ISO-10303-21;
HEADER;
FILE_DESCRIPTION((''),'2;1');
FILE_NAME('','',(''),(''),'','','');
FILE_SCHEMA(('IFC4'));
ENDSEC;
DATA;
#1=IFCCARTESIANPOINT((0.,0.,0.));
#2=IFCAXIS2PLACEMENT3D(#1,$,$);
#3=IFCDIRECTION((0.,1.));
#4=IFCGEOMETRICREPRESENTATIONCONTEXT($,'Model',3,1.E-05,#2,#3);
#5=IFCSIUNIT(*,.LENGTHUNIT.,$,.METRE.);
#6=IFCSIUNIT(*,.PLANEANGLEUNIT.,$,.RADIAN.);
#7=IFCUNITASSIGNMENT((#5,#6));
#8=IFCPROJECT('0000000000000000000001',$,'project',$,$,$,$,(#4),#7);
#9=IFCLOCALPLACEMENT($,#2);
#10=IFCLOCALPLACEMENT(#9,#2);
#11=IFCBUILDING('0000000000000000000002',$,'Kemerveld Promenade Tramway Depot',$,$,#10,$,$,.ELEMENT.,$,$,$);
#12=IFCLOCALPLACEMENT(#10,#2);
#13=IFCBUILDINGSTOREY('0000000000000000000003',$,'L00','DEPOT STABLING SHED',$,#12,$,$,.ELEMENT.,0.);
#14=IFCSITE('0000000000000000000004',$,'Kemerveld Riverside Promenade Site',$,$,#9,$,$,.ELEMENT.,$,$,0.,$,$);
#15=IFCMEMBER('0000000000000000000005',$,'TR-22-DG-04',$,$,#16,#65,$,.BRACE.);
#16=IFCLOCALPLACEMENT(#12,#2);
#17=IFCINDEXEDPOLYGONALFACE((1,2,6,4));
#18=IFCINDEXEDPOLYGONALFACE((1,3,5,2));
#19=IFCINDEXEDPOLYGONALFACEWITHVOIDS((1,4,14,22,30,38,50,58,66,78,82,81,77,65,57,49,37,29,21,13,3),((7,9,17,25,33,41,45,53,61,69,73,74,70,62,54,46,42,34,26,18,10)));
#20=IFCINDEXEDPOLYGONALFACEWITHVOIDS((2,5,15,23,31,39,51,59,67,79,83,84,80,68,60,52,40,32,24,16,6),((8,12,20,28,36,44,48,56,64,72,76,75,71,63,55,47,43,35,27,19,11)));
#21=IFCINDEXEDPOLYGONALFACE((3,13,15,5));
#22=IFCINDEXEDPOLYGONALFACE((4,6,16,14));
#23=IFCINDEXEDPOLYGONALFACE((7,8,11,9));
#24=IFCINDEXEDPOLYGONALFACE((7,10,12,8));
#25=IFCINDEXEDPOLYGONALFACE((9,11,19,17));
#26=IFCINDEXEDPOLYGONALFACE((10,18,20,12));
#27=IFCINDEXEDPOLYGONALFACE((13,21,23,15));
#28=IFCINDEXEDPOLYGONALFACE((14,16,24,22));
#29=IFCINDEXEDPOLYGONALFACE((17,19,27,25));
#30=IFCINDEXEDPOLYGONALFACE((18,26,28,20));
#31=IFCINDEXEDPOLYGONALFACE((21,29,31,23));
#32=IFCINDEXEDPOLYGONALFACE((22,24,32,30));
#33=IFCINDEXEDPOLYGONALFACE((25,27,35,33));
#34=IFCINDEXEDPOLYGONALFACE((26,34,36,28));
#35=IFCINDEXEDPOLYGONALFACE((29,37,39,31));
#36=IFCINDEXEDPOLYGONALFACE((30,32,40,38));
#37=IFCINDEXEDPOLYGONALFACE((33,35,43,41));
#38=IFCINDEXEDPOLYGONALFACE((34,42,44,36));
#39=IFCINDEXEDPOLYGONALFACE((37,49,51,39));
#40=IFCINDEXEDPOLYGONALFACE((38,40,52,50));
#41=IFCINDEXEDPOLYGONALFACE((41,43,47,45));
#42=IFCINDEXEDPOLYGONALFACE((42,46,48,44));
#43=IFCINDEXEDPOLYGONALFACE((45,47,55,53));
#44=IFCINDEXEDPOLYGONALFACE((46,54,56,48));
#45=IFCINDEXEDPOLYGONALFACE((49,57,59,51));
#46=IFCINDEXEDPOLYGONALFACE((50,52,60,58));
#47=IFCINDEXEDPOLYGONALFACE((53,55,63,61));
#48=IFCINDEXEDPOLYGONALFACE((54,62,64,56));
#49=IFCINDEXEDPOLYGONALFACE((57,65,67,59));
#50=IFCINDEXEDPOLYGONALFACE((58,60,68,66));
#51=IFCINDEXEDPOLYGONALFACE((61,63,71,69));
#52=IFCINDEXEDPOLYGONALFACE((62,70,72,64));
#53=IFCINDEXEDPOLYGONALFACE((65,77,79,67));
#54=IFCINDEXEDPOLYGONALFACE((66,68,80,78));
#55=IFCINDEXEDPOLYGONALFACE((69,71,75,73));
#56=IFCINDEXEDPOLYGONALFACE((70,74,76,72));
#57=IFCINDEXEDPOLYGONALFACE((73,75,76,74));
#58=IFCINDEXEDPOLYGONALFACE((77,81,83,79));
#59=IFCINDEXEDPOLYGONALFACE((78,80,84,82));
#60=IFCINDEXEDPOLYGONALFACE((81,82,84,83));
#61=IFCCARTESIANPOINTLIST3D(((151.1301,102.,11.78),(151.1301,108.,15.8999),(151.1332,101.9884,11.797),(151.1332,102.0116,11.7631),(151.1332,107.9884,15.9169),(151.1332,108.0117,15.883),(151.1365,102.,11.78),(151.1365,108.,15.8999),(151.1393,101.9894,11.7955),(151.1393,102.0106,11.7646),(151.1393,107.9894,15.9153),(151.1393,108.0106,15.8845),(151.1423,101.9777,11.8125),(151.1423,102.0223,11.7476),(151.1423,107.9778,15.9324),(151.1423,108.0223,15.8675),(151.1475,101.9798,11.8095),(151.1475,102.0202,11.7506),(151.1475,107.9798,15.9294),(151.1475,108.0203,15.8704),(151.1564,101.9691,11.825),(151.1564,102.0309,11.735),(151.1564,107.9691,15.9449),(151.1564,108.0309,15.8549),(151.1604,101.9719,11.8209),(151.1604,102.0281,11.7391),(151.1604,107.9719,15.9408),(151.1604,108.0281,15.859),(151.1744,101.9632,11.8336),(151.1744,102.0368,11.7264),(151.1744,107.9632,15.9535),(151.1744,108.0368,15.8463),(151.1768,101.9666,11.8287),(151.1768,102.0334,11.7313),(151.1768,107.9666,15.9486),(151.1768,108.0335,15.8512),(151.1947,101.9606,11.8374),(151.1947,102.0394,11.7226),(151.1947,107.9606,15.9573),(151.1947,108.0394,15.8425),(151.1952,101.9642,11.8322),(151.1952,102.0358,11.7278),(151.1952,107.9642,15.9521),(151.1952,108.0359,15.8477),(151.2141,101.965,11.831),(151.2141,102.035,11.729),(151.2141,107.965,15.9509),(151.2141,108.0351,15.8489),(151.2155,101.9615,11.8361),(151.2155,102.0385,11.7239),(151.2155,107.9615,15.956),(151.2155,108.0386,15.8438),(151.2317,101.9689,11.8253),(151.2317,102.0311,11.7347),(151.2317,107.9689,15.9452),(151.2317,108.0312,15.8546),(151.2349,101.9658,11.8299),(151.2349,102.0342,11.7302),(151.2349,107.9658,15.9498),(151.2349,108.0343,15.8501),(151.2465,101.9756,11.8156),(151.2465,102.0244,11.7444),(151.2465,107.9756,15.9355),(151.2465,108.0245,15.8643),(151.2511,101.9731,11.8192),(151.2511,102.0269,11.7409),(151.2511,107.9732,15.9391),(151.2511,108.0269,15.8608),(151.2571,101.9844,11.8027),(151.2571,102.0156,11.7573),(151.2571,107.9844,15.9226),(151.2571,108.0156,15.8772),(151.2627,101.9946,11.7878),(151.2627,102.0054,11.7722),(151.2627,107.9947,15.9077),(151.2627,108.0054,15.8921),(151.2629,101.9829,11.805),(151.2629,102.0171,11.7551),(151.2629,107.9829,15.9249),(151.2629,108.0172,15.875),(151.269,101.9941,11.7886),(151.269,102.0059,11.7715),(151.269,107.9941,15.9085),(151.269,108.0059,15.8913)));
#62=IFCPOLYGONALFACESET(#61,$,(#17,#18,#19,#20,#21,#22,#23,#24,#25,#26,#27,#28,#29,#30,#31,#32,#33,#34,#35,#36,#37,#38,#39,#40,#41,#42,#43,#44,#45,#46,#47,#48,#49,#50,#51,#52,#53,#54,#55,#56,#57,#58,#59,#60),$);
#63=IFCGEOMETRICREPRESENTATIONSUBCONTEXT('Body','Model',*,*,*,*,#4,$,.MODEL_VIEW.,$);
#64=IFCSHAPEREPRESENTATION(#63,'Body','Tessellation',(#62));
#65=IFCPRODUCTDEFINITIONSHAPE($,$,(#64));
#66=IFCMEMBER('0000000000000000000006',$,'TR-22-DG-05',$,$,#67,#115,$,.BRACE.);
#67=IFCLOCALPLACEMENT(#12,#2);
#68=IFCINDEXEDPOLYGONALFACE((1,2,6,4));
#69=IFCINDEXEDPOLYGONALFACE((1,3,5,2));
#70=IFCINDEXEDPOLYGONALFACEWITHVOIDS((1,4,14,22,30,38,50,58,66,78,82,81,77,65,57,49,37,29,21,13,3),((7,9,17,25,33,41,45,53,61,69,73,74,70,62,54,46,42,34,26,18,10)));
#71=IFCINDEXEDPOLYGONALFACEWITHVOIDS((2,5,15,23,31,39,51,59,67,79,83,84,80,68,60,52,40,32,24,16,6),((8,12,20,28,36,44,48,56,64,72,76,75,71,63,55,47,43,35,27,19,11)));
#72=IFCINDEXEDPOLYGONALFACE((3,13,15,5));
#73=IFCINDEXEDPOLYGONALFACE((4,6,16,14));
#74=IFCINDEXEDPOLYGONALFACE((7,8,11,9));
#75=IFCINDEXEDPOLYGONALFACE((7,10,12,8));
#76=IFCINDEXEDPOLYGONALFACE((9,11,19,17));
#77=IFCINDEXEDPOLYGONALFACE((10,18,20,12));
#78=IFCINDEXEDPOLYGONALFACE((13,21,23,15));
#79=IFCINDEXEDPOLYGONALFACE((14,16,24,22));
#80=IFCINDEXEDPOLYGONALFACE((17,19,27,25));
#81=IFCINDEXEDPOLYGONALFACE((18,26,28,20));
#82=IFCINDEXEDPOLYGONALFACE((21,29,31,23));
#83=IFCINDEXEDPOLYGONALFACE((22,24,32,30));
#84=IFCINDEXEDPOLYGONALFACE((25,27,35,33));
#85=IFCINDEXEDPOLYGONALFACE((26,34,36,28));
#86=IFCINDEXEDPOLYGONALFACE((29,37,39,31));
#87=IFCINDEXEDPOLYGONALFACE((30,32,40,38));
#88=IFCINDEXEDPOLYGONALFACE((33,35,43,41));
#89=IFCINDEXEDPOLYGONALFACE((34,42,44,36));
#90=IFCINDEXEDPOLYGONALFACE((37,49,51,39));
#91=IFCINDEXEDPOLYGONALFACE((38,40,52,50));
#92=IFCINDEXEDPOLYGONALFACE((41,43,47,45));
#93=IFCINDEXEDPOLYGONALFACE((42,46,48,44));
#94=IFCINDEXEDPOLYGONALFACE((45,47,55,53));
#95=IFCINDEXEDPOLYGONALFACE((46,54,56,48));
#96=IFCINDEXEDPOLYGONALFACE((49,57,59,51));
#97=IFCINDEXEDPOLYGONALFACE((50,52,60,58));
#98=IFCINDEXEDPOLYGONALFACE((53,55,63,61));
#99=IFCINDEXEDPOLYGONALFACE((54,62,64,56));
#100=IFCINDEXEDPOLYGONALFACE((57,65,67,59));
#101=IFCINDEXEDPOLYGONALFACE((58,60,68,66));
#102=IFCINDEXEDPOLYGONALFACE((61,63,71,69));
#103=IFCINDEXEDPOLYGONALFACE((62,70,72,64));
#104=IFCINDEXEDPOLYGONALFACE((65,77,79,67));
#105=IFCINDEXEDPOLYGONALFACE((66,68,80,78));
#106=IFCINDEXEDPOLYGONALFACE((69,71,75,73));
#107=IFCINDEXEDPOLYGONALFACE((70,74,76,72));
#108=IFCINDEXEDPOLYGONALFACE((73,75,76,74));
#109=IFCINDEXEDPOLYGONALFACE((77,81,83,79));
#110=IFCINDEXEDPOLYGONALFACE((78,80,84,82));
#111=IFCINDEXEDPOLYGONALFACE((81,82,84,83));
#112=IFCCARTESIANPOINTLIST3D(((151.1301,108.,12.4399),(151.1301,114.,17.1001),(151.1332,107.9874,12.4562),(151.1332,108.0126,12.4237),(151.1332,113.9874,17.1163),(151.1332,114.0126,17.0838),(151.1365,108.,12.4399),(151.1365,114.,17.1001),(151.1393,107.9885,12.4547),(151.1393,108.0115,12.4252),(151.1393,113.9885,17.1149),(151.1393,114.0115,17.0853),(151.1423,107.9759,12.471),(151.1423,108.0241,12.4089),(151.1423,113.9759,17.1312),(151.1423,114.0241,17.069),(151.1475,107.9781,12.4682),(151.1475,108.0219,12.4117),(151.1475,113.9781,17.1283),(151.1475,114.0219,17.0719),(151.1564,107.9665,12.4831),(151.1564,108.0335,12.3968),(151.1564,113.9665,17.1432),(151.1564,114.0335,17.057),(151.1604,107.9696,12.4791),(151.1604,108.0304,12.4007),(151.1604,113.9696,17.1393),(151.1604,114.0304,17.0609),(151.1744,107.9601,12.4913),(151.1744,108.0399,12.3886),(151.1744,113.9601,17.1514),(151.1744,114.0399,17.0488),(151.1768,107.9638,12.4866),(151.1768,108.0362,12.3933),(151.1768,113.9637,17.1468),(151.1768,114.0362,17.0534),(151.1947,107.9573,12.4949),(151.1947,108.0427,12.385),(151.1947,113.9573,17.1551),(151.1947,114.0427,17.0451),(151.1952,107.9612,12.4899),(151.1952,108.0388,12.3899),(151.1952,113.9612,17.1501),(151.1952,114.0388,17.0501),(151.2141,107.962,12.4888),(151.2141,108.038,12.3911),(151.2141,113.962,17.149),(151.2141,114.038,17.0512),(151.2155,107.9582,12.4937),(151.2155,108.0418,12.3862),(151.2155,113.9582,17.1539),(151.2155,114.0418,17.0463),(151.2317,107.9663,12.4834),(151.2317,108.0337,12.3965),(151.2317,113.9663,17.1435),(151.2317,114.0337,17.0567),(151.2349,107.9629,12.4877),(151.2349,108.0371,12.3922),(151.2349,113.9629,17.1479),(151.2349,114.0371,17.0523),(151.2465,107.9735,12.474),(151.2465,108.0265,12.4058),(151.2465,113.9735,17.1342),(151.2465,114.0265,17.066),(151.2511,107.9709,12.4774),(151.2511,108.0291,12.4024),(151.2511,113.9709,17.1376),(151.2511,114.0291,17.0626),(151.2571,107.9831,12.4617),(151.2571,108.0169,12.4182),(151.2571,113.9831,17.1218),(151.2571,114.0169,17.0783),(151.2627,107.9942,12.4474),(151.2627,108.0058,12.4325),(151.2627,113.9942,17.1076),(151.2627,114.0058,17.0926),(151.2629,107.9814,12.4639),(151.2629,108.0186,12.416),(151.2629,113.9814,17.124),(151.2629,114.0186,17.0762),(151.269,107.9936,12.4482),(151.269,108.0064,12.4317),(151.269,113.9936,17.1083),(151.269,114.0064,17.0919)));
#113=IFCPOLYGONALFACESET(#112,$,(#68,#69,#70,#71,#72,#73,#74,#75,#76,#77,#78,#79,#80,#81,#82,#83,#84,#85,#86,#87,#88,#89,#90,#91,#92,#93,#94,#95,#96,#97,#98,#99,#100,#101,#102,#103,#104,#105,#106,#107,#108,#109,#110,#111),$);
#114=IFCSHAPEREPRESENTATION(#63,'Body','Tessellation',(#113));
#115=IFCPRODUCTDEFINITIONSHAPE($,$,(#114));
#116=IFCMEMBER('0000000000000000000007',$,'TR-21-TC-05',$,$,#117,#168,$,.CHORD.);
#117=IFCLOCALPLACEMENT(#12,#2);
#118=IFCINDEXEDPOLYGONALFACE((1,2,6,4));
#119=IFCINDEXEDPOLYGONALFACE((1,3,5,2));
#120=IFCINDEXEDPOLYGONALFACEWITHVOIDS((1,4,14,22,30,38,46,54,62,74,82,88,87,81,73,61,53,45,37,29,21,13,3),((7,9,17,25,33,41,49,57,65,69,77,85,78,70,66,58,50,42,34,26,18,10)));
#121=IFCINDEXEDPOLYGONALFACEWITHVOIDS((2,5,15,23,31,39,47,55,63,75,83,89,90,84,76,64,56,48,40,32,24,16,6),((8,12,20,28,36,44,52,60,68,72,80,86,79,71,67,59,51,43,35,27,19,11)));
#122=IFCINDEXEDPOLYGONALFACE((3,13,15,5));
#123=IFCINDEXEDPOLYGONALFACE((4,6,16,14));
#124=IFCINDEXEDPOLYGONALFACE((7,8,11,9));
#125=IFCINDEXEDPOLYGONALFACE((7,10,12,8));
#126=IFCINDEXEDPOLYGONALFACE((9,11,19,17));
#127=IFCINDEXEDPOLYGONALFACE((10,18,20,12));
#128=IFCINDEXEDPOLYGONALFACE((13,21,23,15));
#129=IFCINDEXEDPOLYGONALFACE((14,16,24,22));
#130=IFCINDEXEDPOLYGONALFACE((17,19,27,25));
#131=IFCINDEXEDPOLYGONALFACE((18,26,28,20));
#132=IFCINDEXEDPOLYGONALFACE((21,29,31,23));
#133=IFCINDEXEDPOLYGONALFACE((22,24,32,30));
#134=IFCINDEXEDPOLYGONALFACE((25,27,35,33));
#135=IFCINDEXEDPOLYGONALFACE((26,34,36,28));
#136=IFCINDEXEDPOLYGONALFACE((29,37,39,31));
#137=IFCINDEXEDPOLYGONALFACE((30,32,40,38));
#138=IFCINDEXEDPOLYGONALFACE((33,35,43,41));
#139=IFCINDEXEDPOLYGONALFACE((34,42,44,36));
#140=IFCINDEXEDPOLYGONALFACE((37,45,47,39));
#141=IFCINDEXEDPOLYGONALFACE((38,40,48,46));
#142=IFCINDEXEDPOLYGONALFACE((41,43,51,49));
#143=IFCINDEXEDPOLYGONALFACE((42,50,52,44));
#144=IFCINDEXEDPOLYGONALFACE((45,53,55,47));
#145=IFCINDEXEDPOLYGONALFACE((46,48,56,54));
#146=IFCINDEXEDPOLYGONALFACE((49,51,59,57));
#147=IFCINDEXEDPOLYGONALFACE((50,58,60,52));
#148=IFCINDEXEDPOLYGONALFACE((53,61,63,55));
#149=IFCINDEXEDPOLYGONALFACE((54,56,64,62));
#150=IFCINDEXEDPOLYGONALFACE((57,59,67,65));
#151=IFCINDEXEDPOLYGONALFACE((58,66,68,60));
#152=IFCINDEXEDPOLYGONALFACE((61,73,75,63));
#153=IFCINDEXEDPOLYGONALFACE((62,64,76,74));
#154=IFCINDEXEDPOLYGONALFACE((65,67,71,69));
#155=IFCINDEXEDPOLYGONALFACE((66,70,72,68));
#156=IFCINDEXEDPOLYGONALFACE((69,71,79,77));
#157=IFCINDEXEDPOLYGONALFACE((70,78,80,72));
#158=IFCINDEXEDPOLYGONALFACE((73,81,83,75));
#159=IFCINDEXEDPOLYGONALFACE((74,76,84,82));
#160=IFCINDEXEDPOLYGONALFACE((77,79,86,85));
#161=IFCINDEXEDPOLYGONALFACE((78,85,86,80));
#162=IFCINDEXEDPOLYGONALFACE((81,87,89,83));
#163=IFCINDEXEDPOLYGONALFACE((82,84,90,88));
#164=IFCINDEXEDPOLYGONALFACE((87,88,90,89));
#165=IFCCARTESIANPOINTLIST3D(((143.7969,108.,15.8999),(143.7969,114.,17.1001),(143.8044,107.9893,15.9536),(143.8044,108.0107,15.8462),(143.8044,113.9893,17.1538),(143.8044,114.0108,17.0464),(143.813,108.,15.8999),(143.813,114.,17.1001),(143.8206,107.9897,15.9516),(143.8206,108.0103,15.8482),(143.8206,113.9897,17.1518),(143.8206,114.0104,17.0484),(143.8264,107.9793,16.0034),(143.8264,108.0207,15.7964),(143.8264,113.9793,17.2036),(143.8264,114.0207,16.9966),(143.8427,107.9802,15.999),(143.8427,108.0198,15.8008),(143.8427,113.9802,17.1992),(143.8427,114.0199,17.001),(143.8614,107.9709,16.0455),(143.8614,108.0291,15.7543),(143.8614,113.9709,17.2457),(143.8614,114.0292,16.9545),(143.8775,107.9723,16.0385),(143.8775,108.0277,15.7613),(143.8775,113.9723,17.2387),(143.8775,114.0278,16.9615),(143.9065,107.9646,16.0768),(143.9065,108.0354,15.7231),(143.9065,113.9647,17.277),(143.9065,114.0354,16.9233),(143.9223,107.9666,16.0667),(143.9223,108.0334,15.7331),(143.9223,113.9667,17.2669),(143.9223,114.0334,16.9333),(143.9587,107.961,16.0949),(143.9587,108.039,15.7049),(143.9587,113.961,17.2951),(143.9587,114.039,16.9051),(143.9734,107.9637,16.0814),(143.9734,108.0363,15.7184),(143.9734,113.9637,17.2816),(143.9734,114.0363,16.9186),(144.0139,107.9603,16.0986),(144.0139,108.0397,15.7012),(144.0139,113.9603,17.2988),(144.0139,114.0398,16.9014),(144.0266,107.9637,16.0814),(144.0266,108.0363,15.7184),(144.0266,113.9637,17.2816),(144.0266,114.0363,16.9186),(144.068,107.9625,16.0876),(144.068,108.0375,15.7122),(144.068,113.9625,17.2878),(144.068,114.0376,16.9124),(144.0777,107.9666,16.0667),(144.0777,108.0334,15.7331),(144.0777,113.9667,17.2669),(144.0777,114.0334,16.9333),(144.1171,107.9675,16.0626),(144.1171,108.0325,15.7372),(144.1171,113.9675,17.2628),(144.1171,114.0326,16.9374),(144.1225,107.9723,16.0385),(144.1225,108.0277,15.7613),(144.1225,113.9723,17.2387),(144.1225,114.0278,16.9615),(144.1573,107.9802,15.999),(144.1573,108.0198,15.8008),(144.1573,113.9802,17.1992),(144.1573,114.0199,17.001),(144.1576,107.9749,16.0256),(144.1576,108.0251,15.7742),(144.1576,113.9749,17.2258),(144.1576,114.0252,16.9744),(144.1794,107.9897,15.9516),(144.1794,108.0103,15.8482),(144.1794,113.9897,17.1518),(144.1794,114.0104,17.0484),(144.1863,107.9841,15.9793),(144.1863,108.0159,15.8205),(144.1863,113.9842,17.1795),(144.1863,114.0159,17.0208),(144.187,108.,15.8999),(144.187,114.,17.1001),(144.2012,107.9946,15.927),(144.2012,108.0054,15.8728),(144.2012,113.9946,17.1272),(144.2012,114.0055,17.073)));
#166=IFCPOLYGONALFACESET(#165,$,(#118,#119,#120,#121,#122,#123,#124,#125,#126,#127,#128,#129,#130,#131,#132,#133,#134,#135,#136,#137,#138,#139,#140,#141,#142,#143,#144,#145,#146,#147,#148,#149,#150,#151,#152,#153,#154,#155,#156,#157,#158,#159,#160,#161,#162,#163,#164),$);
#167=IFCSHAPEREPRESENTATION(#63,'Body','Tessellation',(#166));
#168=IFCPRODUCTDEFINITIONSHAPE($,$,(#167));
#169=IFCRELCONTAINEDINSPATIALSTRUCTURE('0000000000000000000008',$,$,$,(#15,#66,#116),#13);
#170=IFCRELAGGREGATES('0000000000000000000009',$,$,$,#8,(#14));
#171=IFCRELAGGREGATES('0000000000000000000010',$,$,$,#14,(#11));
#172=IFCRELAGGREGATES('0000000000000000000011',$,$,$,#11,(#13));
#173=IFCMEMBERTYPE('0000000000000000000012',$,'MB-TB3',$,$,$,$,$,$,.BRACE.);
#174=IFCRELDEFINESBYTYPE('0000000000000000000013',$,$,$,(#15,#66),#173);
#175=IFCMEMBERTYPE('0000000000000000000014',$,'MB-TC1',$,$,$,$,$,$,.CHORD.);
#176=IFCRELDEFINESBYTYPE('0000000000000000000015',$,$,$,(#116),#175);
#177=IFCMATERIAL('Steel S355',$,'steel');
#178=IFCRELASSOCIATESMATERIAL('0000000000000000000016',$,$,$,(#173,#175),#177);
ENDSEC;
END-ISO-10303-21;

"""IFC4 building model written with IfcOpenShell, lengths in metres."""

from ifc_helpers import new_model, si_unit, direction, frame, origin, origin_2d, place, context, subcontext, project, spatial, hollow_circle, extrude, material, material_profile, profile_set, type_object, element, save


model = new_model("IFC4")

# Units and contexts
model_context = context("Model", 3, precision=1e-05, world=origin(), true_north=direction((0.0, 1.0)))
body_context = subcontext(model_context, "Body", "Model", "MODEL_VIEW")
ifc_project = project(units=[si_unit("LENGTHUNIT", "METRE"), si_unit("PLANEANGLEUNIT", "RADIAN")], contexts=[model_context])

# Site, building, storey
site_placement = place(None, origin())
site = spatial("IfcSite", under=ifc_project, at=site_placement, Name="Kemerveld Riverside Promenade Site", CompositionType="ELEMENT", RefElevation=0.0)
building_placement = place(site_placement, origin())
building = spatial("IfcBuilding", under=site, at=building_placement, Name="Kemerveld Promenade Tramway Depot", CompositionType="ELEMENT")
storey_placement = place(building_placement, origin())
storey = spatial("IfcBuildingStorey", under=building, at=storey_placement, Name="L00", Description="DEPOT STABLING SHED", CompositionType="ELEMENT", Elevation=0.0)

# Members
ifc_material_1 = material(Name="Steel S355", Category="steel")
ifc_material_profile_1 = material_profile(ifc_material_1, hollow_circle(Radius=0.0698, WallThickness=0.0063, at=origin_2d()), Name="139.7x6.3 CHS")
ifc_profile_set_1 = profile_set([ifc_material_profile_1], Name="Steel S355")
member_type_1 = type_object("IfcMemberType", Name="MB-TB3", PredefinedType="BRACE", material=ifc_profile_set_1)
member_1_placement = place(storey_placement, frame((151.2, 102.0, 11.78), z_axis=(0.0, 0.824371, 0.56605), x_axis=(-1.0, 0.0, 0.0)))
element("IfcMember", 1, at=member_1_placement, inside=storey, type_object=member_type_1, Name="TR-22-DG-04", PredefinedType="BRACE", context=body_context, shape_type="SweptSolid", body=[
    extrude(hollow_circle(Radius=0.0698, WallThickness=0.0063, at=origin_2d()), origin(), (0.0, 0.0, 1.0), 7.2783),
])
member_2_placement = place(storey_placement, frame((151.2, 108.0, 12.4399), z_axis=(0.0, 0.789767, 0.613407), x_axis=(-1.0, 0.0, 0.0)))
element("IfcMember", 2, at=member_2_placement, inside=storey, type_object=member_type_1, Name="TR-22-DG-05", PredefinedType="BRACE", context=body_context, shape_type="SweptSolid", body=[
    extrude(hollow_circle(Radius=0.0698, WallThickness=0.0063, at=origin_2d()), origin(), (0.0, 0.0, 1.0), 7.5972),
])
ifc_material_profile_2 = material_profile(ifc_material_1, hollow_circle(Radius=0.2031, WallThickness=0.0161, at=origin_2d()), Name="406.4x16.0 CHS")
ifc_profile_set_2 = profile_set([ifc_material_profile_2], Name="Steel S355")
member_type_2 = type_object("IfcMemberType", Name="MB-TC1", PredefinedType="CHORD", material=ifc_profile_set_2)
member_3_placement = place(storey_placement, frame((144.0, 108.0, 15.8999), z_axis=(0.0, 0.980575, 0.196147), x_axis=(-1.0, 0.0, 0.0)))
element("IfcMember", 3, at=member_3_placement, inside=storey, type_object=member_type_2, Name="TR-21-TC-05", PredefinedType="CHORD", context=body_context, shape_type="SweptSolid", body=[
    extrude(hollow_circle(Radius=0.2031, WallThickness=0.0161, at=origin_2d()), origin(), (0.0, 0.0, 1.0), 6.1189),
])

save(model, "model.ifc")
